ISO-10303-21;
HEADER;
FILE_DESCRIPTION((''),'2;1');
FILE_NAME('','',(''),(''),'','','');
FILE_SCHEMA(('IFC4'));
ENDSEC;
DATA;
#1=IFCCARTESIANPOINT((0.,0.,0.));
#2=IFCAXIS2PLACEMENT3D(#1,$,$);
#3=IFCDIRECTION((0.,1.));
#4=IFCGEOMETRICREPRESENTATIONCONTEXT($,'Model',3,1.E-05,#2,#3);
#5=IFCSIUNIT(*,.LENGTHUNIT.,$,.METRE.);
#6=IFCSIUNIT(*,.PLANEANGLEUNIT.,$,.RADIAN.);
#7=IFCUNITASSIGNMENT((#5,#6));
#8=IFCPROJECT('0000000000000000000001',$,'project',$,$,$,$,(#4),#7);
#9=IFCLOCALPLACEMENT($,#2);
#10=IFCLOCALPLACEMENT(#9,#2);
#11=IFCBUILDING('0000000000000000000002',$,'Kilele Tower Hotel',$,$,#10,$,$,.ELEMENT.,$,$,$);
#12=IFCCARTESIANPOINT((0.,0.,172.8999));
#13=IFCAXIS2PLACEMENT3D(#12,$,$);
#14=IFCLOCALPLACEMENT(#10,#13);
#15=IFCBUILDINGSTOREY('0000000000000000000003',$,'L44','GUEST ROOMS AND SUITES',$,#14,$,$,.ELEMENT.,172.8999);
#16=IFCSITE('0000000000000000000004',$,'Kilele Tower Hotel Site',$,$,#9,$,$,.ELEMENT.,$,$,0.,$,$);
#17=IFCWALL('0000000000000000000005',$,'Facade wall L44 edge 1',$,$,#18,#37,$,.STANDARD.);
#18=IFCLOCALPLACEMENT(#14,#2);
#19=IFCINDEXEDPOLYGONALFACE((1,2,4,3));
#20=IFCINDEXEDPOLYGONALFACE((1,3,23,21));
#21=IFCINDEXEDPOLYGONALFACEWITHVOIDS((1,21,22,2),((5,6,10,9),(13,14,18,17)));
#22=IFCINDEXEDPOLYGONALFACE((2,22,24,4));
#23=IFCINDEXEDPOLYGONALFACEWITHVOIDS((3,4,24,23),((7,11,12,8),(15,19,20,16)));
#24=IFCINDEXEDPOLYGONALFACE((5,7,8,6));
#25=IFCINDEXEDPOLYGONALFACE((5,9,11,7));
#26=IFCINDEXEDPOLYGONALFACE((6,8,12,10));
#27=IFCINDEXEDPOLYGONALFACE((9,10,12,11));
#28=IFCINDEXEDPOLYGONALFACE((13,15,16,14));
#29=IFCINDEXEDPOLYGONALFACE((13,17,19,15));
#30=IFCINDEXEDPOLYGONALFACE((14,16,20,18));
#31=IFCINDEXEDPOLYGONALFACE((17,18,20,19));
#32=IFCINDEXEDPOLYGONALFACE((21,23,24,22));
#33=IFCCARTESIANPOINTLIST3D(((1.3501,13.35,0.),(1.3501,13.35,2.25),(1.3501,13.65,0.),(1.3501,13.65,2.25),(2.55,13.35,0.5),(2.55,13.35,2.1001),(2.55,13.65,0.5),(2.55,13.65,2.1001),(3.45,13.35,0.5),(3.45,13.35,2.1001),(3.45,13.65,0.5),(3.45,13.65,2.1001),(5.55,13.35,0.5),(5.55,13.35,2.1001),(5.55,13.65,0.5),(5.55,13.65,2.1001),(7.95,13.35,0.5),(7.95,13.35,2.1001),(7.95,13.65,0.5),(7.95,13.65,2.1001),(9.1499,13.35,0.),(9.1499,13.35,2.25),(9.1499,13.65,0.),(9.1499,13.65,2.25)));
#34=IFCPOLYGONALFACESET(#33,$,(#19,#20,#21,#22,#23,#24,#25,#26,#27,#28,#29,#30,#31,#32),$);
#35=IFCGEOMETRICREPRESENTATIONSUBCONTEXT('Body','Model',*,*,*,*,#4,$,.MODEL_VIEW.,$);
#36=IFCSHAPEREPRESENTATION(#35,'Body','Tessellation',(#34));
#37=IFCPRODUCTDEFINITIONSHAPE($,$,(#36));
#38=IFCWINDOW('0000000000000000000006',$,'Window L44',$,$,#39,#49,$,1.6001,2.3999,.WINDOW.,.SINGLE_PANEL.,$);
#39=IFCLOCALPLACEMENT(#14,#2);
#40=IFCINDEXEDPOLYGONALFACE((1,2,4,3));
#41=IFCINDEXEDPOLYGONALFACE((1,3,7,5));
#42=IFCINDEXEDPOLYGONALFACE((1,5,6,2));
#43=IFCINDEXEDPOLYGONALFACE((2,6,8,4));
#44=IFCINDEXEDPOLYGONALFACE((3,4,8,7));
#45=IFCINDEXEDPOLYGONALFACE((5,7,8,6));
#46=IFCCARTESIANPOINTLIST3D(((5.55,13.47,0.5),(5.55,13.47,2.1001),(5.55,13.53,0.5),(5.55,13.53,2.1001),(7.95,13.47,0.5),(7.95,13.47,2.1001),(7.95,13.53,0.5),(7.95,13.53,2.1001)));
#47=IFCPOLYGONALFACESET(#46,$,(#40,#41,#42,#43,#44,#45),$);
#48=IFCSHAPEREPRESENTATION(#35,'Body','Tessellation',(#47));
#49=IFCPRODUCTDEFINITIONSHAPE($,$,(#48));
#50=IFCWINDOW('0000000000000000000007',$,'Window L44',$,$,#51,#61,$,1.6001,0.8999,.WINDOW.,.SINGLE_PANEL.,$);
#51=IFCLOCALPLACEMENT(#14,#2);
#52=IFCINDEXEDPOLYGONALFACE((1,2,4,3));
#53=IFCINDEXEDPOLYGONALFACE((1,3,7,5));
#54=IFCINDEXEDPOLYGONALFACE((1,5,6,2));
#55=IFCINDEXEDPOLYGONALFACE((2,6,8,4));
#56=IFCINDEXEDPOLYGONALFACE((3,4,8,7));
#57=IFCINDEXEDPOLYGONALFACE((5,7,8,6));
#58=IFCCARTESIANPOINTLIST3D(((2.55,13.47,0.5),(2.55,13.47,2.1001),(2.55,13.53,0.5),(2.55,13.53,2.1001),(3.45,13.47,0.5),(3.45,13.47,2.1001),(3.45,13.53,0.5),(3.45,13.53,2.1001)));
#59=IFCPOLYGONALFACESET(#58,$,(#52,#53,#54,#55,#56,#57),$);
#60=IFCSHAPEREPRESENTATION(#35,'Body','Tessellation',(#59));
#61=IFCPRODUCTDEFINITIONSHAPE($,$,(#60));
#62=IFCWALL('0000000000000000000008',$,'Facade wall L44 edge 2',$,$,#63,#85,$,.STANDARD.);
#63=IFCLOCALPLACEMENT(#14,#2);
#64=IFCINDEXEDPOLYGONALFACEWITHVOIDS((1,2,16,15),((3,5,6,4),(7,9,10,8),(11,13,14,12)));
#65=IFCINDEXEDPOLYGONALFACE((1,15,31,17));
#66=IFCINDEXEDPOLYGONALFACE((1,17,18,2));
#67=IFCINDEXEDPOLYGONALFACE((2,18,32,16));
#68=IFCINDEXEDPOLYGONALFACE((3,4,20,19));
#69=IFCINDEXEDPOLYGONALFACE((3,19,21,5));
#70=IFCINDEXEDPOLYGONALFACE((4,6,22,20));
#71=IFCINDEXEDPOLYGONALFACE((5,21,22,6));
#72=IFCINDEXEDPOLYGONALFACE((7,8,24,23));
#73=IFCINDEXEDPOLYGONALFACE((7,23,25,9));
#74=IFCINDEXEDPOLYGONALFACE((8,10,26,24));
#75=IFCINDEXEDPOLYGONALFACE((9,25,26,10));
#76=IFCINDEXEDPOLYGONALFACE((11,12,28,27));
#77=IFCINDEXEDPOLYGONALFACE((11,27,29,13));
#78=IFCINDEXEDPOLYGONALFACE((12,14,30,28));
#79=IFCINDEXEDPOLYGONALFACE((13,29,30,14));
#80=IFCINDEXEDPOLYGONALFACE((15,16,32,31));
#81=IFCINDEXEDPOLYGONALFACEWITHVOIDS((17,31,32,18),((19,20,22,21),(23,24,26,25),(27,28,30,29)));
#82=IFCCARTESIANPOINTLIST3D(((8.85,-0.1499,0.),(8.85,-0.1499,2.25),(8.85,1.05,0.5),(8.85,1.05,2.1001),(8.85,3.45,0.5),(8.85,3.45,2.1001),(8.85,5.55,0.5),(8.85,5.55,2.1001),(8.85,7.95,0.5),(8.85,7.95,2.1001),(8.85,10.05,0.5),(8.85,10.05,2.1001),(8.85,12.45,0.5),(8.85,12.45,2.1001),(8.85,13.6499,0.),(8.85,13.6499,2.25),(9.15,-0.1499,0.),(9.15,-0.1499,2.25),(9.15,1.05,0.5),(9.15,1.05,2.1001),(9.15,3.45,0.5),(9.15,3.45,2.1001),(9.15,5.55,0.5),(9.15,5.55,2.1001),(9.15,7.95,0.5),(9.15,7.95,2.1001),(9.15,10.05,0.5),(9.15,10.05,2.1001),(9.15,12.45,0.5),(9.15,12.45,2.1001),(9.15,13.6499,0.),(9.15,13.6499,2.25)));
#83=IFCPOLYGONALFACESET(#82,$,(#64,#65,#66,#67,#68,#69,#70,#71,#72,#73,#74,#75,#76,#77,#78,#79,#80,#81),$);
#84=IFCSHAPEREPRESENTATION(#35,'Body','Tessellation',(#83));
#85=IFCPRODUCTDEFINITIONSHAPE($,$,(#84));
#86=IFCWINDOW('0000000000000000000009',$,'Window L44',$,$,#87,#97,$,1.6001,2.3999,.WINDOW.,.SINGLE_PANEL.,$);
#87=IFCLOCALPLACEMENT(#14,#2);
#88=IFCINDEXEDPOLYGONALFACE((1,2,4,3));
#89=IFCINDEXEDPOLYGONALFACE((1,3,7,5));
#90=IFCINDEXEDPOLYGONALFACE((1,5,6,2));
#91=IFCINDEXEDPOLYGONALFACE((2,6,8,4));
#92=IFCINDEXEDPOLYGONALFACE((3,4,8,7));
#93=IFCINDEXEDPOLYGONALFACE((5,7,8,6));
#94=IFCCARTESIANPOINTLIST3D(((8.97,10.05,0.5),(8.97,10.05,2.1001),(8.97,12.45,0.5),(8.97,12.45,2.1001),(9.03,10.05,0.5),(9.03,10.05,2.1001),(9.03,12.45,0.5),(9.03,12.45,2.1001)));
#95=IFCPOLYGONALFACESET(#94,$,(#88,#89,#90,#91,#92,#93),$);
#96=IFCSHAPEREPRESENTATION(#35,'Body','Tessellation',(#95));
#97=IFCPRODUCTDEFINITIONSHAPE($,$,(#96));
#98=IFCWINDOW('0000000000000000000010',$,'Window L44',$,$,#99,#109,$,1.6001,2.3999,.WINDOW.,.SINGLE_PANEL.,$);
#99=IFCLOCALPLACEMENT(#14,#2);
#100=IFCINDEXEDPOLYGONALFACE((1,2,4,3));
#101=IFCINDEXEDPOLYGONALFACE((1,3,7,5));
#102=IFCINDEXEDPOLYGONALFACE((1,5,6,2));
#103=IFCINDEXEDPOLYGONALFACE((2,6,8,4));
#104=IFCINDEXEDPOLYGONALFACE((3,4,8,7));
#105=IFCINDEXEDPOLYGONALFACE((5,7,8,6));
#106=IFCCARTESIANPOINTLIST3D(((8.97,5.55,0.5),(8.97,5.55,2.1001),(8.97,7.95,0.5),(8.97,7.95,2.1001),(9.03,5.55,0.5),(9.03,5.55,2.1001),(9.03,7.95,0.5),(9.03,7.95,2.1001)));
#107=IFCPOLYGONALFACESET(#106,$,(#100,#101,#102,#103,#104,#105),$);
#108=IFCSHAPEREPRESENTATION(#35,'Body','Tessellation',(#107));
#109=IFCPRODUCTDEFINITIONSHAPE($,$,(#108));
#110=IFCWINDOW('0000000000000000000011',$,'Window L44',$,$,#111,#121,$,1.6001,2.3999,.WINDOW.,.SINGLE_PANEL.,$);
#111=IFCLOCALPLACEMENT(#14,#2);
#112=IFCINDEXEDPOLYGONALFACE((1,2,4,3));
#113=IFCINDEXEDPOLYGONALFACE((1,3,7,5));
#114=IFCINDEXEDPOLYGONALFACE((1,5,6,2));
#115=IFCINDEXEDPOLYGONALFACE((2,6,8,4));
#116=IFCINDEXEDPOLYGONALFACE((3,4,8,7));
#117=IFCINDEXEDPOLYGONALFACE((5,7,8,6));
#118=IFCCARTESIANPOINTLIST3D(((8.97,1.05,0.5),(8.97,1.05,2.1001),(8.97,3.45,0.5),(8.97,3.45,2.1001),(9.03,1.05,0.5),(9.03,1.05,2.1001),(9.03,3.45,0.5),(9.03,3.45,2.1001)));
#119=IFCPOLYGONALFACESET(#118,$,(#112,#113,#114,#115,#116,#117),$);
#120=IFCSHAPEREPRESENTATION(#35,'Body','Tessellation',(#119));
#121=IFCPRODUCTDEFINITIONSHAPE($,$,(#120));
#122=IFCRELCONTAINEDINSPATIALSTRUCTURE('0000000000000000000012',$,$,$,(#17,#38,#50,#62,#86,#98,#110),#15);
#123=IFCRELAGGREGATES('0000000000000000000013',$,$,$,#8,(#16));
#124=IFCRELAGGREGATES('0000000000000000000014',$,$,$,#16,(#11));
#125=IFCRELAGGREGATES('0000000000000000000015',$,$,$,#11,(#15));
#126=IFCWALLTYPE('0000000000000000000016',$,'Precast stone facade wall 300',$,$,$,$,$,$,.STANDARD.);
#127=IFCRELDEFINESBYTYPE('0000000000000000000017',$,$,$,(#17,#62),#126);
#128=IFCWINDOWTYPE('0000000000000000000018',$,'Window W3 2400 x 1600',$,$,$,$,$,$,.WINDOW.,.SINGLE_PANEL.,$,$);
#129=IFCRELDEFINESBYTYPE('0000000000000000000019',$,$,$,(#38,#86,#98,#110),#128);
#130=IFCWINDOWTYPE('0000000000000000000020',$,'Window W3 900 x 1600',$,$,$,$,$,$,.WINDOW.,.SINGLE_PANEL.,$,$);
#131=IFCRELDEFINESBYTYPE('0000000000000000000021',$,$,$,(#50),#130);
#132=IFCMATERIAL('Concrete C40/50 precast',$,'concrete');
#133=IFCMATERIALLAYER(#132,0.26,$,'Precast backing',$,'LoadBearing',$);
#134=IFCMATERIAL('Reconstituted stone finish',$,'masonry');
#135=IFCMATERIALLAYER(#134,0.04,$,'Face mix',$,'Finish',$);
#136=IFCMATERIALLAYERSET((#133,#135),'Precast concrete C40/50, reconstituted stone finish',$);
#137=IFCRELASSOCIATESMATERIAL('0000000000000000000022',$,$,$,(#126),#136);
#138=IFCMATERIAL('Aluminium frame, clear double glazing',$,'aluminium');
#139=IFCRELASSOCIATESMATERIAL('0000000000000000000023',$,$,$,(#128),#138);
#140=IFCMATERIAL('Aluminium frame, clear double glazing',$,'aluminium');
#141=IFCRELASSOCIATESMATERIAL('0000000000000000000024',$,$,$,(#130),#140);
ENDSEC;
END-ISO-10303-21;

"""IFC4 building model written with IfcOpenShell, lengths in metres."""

from ifc_helpers import new_model, si_unit, direction, frame, frame_2d, origin, place, context, subcontext, project, spatial, rectangle, extrude, material, layer, layer_set, type_object, element, fill, save


model = new_model("IFC4")

# Units and contexts
model_context = context("Model", 3, precision=1e-05, world=origin(), true_north=direction((0.0, 1.0)))
body_context = subcontext(model_context, "Body", "Model", "MODEL_VIEW")
ifc_project = project(units=[si_unit("LENGTHUNIT", "METRE"), si_unit("PLANEANGLEUNIT", "RADIAN")], contexts=[model_context])

# Site, building, storey
site_placement = place(None, origin())
site = spatial("IfcSite", under=ifc_project, at=site_placement, Name="Kilele Tower Hotel Site", CompositionType="ELEMENT", RefElevation=0.0)
building_placement = place(site_placement, origin())
building = spatial("IfcBuilding", under=site, at=building_placement, Name="Kilele Tower Hotel", CompositionType="ELEMENT")
storey_placement = place(building_placement, frame((0.0, 0.0, 172.8999)))
storey = spatial("IfcBuildingStorey", under=building, at=storey_placement, Name="L44", Description="GUEST ROOMS AND SUITES", CompositionType="ELEMENT", Elevation=172.8999)

# Walls, openings, windows
ifc_material_1 = material(Name="Concrete C40/50 precast", Category="concrete")
ifc_layer_1 = layer(ifc_material_1, 0.26, Name="Precast backing", Category="LoadBearing")
ifc_material_2 = material(Name="Reconstituted stone finish", Category="masonry")
ifc_layer_2 = layer(ifc_material_2, 0.04, Name="Face mix", Category="Finish")
ifc_layer_set_1 = layer_set([ifc_layer_1, ifc_layer_2], Name="Precast concrete C40/50, reconstituted stone finish")
wall_type_1 = type_object("IfcWallType", Name="Precast stone facade wall 300", PredefinedType="STANDARD", material=ifc_layer_set_1)
wall_1_placement = place(storey_placement, frame((1.3501, 13.5, 0.0), z_axis=(0.0, 0.0, 1.0), x_axis=(1.0, 0.0, 0.0)))
wall_1 = element("IfcWall", 1, at=wall_1_placement, inside=storey, type_object=wall_type_1, Name="Facade wall L44 edge 1", PredefinedType="STANDARD", context=body_context, shape_type="SweptSolid", body=[
    extrude(rectangle(XDim=7.7998, YDim=0.3, at=frame_2d((3.8999, 0.0))), origin(), (0.0, 0.0, 1.0), 2.25),
])
opening_1_placement = place(wall_1_placement, frame((1.2, 0.0, 0.5)))
opening_1 = element("IfcOpeningElement", 2, at=opening_1_placement, cuts=wall_1, PredefinedType="OPENING", context=body_context, shape_type="SweptSolid", body=[
    extrude(rectangle(XDim=0.8999, YDim=1.6001, at=frame_2d((0.45, 0.8))), frame((0.0, 0.1599, 0.0), z_axis=(0.0, -1.0, 0.0), x_axis=(1.0, 0.0, 0.0)), (0.0, 0.0, 1.0), 0.3201),
])
opening_2_placement = place(wall_1_placement, frame((4.2, 0.0, 0.5)))
opening_2 = element("IfcOpeningElement", 3, at=opening_2_placement, cuts=wall_1, PredefinedType="OPENING", context=body_context, shape_type="SweptSolid", body=[
    extrude(rectangle(XDim=2.3999, YDim=1.6001, at=frame_2d((1.2, 0.8))), frame((0.0, 0.1599, 0.0), z_axis=(0.0, -1.0, 0.0), x_axis=(1.0, 0.0, 0.0)), (0.0, 0.0, 1.0), 0.3201),
])
ifc_material_3 = material(Name="Aluminium frame, clear double glazing", Category="aluminium")
window_type_1 = type_object("IfcWindowType", Name="Window W3 2400 x 1600", PartitioningType="SINGLE_PANEL", PredefinedType="WINDOW", material=ifc_material_3)
window_1_placement = place(opening_2_placement, origin())
window_1 = element("IfcWindow", 4, at=window_1_placement, inside=storey, type_object=window_type_1, Name="Window L44", OverallHeight=1.6001, OverallWidth=2.3999, PartitioningType="SINGLE_PANEL", PredefinedType="WINDOW", context=body_context, shape_type="SweptSolid", body=[
    extrude(rectangle(XDim=2.3999, YDim=1.6001, at=frame_2d((1.2, 0.8))), frame((0.0, 0.03, 0.0), z_axis=(0.0, -1.0, 0.0), x_axis=(1.0, 0.0, 0.0)), (0.0, 0.0, 1.0), 0.0601),
])
fill(opening_2, window_1)
ifc_material_4 = material(Name="Aluminium frame, clear double glazing", Category="aluminium")
window_type_2 = type_object("IfcWindowType", Name="Window W3 900 x 1600", PartitioningType="SINGLE_PANEL", PredefinedType="WINDOW", material=ifc_material_4)
window_2_placement = place(opening_1_placement, origin())
window_2 = element("IfcWindow", 5, at=window_2_placement, inside=storey, type_object=window_type_2, Name="Window L44", OverallHeight=1.6001, OverallWidth=0.8999, PartitioningType="SINGLE_PANEL", PredefinedType="WINDOW", context=body_context, shape_type="SweptSolid", body=[
    extrude(rectangle(XDim=0.8999, YDim=1.6001, at=frame_2d((0.45, 0.8))), frame((0.0, 0.03, 0.0), z_axis=(0.0, -1.0, 0.0), x_axis=(1.0, 0.0, 0.0)), (0.0, 0.0, 1.0), 0.0601),
])
fill(opening_1, window_2)
wall_2_placement = place(storey_placement, frame((9.0, 13.6499, 0.0), z_axis=(0.0, 0.0, 1.0), x_axis=(0.0, -1.0, 0.0)))
wall_2 = element("IfcWall", 6, at=wall_2_placement, inside=storey, type_object=wall_type_1, Name="Facade wall L44 edge 2", PredefinedType="STANDARD", context=body_context, shape_type="SweptSolid", body=[
    extrude(rectangle(XDim=13.7998, YDim=0.3, at=frame_2d((6.8999, 0.0))), origin(), (0.0, 0.0, 1.0), 2.25),
])
opening_3_placement = place(wall_2_placement, frame((1.2, 0.0, 0.5)))
opening_3 = element("IfcOpeningElement", 7, at=opening_3_placement, cuts=wall_2, PredefinedType="OPENING", context=body_context, shape_type="SweptSolid", body=[
    extrude(rectangle(XDim=2.3999, YDim=1.6001, at=frame_2d((1.2, 0.8))), frame((0.0, 0.1599, 0.0), z_axis=(0.0, -1.0, 0.0), x_axis=(1.0, 0.0, 0.0)), (0.0, 0.0, 1.0), 0.3201),
])
opening_4_placement = place(wall_2_placement, frame((5.7, 0.0, 0.5)))
opening_4 = element("IfcOpeningElement", 8, at=opening_4_placement, cuts=wall_2, PredefinedType="OPENING", context=body_context, shape_type="SweptSolid", body=[
    extrude(rectangle(XDim=2.3999, YDim=1.6001, at=frame_2d((1.2, 0.8))), frame((0.0, 0.1599, 0.0), z_axis=(0.0, -1.0, 0.0), x_axis=(1.0, 0.0, 0.0)), (0.0, 0.0, 1.0), 0.3201),
])
opening_5_placement = place(wall_2_placement, frame((10.2, 0.0, 0.5)))
opening_5 = element("IfcOpeningElement", 9, at=opening_5_placement, cuts=wall_2, PredefinedType="OPENING", context=body_context, shape_type="SweptSolid", body=[
    extrude(rectangle(XDim=2.3999, YDim=1.6001, at=frame_2d((1.2, 0.8))), frame((0.0, 0.1599, 0.0), z_axis=(0.0, -1.0, 0.0), x_axis=(1.0, 0.0, 0.0)), (0.0, 0.0, 1.0), 0.3201),
])
window_3_placement = place(opening_3_placement, origin())
window_3 = element("IfcWindow", 10, at=window_3_placement, inside=storey, type_object=window_type_1, Name="Window L44", OverallHeight=1.6001, OverallWidth=2.3999, PartitioningType="SINGLE_PANEL", PredefinedType="WINDOW", context=body_context, shape_type="SweptSolid", body=[
    extrude(rectangle(XDim=2.3999, YDim=1.6001, at=frame_2d((1.2, 0.8))), frame((0.0, 0.03, 0.0), z_axis=(0.0, -1.0, 0.0), x_axis=(1.0, 0.0, 0.0)), (0.0, 0.0, 1.0), 0.0601),
])
fill(opening_3, window_3)
window_4_placement = place(opening_4_placement, origin())
window_4 = element("IfcWindow", 11, at=window_4_placement, inside=storey, type_object=window_type_1, Name="Window L44", OverallHeight=1.6001, OverallWidth=2.3999, PartitioningType="SINGLE_PANEL", PredefinedType="WINDOW", context=body_context, shape_type="SweptSolid", body=[
    extrude(rectangle(XDim=2.3999, YDim=1.6001, at=frame_2d((1.2, 0.8))), frame((0.0, 0.03, 0.0), z_axis=(0.0, -1.0, 0.0), x_axis=(1.0, 0.0, 0.0)), (0.0, 0.0, 1.0), 0.0601),
])
fill(opening_4, window_4)
window_5_placement = place(opening_5_placement, origin())
window_5 = element("IfcWindow", 12, at=window_5_placement, inside=storey, type_object=window_type_1, Name="Window L44", OverallHeight=1.6001, OverallWidth=2.3999, PartitioningType="SINGLE_PANEL", PredefinedType="WINDOW", context=body_context, shape_type="SweptSolid", body=[
    extrude(rectangle(XDim=2.3999, YDim=1.6001, at=frame_2d((1.2, 0.8))), frame((0.0, 0.03, 0.0), z_axis=(0.0, -1.0, 0.0), x_axis=(1.0, 0.0, 0.0)), (0.0, 0.0, 1.0), 0.0601),
])
fill(opening_5, window_5)

save(model, "model.ifc")
